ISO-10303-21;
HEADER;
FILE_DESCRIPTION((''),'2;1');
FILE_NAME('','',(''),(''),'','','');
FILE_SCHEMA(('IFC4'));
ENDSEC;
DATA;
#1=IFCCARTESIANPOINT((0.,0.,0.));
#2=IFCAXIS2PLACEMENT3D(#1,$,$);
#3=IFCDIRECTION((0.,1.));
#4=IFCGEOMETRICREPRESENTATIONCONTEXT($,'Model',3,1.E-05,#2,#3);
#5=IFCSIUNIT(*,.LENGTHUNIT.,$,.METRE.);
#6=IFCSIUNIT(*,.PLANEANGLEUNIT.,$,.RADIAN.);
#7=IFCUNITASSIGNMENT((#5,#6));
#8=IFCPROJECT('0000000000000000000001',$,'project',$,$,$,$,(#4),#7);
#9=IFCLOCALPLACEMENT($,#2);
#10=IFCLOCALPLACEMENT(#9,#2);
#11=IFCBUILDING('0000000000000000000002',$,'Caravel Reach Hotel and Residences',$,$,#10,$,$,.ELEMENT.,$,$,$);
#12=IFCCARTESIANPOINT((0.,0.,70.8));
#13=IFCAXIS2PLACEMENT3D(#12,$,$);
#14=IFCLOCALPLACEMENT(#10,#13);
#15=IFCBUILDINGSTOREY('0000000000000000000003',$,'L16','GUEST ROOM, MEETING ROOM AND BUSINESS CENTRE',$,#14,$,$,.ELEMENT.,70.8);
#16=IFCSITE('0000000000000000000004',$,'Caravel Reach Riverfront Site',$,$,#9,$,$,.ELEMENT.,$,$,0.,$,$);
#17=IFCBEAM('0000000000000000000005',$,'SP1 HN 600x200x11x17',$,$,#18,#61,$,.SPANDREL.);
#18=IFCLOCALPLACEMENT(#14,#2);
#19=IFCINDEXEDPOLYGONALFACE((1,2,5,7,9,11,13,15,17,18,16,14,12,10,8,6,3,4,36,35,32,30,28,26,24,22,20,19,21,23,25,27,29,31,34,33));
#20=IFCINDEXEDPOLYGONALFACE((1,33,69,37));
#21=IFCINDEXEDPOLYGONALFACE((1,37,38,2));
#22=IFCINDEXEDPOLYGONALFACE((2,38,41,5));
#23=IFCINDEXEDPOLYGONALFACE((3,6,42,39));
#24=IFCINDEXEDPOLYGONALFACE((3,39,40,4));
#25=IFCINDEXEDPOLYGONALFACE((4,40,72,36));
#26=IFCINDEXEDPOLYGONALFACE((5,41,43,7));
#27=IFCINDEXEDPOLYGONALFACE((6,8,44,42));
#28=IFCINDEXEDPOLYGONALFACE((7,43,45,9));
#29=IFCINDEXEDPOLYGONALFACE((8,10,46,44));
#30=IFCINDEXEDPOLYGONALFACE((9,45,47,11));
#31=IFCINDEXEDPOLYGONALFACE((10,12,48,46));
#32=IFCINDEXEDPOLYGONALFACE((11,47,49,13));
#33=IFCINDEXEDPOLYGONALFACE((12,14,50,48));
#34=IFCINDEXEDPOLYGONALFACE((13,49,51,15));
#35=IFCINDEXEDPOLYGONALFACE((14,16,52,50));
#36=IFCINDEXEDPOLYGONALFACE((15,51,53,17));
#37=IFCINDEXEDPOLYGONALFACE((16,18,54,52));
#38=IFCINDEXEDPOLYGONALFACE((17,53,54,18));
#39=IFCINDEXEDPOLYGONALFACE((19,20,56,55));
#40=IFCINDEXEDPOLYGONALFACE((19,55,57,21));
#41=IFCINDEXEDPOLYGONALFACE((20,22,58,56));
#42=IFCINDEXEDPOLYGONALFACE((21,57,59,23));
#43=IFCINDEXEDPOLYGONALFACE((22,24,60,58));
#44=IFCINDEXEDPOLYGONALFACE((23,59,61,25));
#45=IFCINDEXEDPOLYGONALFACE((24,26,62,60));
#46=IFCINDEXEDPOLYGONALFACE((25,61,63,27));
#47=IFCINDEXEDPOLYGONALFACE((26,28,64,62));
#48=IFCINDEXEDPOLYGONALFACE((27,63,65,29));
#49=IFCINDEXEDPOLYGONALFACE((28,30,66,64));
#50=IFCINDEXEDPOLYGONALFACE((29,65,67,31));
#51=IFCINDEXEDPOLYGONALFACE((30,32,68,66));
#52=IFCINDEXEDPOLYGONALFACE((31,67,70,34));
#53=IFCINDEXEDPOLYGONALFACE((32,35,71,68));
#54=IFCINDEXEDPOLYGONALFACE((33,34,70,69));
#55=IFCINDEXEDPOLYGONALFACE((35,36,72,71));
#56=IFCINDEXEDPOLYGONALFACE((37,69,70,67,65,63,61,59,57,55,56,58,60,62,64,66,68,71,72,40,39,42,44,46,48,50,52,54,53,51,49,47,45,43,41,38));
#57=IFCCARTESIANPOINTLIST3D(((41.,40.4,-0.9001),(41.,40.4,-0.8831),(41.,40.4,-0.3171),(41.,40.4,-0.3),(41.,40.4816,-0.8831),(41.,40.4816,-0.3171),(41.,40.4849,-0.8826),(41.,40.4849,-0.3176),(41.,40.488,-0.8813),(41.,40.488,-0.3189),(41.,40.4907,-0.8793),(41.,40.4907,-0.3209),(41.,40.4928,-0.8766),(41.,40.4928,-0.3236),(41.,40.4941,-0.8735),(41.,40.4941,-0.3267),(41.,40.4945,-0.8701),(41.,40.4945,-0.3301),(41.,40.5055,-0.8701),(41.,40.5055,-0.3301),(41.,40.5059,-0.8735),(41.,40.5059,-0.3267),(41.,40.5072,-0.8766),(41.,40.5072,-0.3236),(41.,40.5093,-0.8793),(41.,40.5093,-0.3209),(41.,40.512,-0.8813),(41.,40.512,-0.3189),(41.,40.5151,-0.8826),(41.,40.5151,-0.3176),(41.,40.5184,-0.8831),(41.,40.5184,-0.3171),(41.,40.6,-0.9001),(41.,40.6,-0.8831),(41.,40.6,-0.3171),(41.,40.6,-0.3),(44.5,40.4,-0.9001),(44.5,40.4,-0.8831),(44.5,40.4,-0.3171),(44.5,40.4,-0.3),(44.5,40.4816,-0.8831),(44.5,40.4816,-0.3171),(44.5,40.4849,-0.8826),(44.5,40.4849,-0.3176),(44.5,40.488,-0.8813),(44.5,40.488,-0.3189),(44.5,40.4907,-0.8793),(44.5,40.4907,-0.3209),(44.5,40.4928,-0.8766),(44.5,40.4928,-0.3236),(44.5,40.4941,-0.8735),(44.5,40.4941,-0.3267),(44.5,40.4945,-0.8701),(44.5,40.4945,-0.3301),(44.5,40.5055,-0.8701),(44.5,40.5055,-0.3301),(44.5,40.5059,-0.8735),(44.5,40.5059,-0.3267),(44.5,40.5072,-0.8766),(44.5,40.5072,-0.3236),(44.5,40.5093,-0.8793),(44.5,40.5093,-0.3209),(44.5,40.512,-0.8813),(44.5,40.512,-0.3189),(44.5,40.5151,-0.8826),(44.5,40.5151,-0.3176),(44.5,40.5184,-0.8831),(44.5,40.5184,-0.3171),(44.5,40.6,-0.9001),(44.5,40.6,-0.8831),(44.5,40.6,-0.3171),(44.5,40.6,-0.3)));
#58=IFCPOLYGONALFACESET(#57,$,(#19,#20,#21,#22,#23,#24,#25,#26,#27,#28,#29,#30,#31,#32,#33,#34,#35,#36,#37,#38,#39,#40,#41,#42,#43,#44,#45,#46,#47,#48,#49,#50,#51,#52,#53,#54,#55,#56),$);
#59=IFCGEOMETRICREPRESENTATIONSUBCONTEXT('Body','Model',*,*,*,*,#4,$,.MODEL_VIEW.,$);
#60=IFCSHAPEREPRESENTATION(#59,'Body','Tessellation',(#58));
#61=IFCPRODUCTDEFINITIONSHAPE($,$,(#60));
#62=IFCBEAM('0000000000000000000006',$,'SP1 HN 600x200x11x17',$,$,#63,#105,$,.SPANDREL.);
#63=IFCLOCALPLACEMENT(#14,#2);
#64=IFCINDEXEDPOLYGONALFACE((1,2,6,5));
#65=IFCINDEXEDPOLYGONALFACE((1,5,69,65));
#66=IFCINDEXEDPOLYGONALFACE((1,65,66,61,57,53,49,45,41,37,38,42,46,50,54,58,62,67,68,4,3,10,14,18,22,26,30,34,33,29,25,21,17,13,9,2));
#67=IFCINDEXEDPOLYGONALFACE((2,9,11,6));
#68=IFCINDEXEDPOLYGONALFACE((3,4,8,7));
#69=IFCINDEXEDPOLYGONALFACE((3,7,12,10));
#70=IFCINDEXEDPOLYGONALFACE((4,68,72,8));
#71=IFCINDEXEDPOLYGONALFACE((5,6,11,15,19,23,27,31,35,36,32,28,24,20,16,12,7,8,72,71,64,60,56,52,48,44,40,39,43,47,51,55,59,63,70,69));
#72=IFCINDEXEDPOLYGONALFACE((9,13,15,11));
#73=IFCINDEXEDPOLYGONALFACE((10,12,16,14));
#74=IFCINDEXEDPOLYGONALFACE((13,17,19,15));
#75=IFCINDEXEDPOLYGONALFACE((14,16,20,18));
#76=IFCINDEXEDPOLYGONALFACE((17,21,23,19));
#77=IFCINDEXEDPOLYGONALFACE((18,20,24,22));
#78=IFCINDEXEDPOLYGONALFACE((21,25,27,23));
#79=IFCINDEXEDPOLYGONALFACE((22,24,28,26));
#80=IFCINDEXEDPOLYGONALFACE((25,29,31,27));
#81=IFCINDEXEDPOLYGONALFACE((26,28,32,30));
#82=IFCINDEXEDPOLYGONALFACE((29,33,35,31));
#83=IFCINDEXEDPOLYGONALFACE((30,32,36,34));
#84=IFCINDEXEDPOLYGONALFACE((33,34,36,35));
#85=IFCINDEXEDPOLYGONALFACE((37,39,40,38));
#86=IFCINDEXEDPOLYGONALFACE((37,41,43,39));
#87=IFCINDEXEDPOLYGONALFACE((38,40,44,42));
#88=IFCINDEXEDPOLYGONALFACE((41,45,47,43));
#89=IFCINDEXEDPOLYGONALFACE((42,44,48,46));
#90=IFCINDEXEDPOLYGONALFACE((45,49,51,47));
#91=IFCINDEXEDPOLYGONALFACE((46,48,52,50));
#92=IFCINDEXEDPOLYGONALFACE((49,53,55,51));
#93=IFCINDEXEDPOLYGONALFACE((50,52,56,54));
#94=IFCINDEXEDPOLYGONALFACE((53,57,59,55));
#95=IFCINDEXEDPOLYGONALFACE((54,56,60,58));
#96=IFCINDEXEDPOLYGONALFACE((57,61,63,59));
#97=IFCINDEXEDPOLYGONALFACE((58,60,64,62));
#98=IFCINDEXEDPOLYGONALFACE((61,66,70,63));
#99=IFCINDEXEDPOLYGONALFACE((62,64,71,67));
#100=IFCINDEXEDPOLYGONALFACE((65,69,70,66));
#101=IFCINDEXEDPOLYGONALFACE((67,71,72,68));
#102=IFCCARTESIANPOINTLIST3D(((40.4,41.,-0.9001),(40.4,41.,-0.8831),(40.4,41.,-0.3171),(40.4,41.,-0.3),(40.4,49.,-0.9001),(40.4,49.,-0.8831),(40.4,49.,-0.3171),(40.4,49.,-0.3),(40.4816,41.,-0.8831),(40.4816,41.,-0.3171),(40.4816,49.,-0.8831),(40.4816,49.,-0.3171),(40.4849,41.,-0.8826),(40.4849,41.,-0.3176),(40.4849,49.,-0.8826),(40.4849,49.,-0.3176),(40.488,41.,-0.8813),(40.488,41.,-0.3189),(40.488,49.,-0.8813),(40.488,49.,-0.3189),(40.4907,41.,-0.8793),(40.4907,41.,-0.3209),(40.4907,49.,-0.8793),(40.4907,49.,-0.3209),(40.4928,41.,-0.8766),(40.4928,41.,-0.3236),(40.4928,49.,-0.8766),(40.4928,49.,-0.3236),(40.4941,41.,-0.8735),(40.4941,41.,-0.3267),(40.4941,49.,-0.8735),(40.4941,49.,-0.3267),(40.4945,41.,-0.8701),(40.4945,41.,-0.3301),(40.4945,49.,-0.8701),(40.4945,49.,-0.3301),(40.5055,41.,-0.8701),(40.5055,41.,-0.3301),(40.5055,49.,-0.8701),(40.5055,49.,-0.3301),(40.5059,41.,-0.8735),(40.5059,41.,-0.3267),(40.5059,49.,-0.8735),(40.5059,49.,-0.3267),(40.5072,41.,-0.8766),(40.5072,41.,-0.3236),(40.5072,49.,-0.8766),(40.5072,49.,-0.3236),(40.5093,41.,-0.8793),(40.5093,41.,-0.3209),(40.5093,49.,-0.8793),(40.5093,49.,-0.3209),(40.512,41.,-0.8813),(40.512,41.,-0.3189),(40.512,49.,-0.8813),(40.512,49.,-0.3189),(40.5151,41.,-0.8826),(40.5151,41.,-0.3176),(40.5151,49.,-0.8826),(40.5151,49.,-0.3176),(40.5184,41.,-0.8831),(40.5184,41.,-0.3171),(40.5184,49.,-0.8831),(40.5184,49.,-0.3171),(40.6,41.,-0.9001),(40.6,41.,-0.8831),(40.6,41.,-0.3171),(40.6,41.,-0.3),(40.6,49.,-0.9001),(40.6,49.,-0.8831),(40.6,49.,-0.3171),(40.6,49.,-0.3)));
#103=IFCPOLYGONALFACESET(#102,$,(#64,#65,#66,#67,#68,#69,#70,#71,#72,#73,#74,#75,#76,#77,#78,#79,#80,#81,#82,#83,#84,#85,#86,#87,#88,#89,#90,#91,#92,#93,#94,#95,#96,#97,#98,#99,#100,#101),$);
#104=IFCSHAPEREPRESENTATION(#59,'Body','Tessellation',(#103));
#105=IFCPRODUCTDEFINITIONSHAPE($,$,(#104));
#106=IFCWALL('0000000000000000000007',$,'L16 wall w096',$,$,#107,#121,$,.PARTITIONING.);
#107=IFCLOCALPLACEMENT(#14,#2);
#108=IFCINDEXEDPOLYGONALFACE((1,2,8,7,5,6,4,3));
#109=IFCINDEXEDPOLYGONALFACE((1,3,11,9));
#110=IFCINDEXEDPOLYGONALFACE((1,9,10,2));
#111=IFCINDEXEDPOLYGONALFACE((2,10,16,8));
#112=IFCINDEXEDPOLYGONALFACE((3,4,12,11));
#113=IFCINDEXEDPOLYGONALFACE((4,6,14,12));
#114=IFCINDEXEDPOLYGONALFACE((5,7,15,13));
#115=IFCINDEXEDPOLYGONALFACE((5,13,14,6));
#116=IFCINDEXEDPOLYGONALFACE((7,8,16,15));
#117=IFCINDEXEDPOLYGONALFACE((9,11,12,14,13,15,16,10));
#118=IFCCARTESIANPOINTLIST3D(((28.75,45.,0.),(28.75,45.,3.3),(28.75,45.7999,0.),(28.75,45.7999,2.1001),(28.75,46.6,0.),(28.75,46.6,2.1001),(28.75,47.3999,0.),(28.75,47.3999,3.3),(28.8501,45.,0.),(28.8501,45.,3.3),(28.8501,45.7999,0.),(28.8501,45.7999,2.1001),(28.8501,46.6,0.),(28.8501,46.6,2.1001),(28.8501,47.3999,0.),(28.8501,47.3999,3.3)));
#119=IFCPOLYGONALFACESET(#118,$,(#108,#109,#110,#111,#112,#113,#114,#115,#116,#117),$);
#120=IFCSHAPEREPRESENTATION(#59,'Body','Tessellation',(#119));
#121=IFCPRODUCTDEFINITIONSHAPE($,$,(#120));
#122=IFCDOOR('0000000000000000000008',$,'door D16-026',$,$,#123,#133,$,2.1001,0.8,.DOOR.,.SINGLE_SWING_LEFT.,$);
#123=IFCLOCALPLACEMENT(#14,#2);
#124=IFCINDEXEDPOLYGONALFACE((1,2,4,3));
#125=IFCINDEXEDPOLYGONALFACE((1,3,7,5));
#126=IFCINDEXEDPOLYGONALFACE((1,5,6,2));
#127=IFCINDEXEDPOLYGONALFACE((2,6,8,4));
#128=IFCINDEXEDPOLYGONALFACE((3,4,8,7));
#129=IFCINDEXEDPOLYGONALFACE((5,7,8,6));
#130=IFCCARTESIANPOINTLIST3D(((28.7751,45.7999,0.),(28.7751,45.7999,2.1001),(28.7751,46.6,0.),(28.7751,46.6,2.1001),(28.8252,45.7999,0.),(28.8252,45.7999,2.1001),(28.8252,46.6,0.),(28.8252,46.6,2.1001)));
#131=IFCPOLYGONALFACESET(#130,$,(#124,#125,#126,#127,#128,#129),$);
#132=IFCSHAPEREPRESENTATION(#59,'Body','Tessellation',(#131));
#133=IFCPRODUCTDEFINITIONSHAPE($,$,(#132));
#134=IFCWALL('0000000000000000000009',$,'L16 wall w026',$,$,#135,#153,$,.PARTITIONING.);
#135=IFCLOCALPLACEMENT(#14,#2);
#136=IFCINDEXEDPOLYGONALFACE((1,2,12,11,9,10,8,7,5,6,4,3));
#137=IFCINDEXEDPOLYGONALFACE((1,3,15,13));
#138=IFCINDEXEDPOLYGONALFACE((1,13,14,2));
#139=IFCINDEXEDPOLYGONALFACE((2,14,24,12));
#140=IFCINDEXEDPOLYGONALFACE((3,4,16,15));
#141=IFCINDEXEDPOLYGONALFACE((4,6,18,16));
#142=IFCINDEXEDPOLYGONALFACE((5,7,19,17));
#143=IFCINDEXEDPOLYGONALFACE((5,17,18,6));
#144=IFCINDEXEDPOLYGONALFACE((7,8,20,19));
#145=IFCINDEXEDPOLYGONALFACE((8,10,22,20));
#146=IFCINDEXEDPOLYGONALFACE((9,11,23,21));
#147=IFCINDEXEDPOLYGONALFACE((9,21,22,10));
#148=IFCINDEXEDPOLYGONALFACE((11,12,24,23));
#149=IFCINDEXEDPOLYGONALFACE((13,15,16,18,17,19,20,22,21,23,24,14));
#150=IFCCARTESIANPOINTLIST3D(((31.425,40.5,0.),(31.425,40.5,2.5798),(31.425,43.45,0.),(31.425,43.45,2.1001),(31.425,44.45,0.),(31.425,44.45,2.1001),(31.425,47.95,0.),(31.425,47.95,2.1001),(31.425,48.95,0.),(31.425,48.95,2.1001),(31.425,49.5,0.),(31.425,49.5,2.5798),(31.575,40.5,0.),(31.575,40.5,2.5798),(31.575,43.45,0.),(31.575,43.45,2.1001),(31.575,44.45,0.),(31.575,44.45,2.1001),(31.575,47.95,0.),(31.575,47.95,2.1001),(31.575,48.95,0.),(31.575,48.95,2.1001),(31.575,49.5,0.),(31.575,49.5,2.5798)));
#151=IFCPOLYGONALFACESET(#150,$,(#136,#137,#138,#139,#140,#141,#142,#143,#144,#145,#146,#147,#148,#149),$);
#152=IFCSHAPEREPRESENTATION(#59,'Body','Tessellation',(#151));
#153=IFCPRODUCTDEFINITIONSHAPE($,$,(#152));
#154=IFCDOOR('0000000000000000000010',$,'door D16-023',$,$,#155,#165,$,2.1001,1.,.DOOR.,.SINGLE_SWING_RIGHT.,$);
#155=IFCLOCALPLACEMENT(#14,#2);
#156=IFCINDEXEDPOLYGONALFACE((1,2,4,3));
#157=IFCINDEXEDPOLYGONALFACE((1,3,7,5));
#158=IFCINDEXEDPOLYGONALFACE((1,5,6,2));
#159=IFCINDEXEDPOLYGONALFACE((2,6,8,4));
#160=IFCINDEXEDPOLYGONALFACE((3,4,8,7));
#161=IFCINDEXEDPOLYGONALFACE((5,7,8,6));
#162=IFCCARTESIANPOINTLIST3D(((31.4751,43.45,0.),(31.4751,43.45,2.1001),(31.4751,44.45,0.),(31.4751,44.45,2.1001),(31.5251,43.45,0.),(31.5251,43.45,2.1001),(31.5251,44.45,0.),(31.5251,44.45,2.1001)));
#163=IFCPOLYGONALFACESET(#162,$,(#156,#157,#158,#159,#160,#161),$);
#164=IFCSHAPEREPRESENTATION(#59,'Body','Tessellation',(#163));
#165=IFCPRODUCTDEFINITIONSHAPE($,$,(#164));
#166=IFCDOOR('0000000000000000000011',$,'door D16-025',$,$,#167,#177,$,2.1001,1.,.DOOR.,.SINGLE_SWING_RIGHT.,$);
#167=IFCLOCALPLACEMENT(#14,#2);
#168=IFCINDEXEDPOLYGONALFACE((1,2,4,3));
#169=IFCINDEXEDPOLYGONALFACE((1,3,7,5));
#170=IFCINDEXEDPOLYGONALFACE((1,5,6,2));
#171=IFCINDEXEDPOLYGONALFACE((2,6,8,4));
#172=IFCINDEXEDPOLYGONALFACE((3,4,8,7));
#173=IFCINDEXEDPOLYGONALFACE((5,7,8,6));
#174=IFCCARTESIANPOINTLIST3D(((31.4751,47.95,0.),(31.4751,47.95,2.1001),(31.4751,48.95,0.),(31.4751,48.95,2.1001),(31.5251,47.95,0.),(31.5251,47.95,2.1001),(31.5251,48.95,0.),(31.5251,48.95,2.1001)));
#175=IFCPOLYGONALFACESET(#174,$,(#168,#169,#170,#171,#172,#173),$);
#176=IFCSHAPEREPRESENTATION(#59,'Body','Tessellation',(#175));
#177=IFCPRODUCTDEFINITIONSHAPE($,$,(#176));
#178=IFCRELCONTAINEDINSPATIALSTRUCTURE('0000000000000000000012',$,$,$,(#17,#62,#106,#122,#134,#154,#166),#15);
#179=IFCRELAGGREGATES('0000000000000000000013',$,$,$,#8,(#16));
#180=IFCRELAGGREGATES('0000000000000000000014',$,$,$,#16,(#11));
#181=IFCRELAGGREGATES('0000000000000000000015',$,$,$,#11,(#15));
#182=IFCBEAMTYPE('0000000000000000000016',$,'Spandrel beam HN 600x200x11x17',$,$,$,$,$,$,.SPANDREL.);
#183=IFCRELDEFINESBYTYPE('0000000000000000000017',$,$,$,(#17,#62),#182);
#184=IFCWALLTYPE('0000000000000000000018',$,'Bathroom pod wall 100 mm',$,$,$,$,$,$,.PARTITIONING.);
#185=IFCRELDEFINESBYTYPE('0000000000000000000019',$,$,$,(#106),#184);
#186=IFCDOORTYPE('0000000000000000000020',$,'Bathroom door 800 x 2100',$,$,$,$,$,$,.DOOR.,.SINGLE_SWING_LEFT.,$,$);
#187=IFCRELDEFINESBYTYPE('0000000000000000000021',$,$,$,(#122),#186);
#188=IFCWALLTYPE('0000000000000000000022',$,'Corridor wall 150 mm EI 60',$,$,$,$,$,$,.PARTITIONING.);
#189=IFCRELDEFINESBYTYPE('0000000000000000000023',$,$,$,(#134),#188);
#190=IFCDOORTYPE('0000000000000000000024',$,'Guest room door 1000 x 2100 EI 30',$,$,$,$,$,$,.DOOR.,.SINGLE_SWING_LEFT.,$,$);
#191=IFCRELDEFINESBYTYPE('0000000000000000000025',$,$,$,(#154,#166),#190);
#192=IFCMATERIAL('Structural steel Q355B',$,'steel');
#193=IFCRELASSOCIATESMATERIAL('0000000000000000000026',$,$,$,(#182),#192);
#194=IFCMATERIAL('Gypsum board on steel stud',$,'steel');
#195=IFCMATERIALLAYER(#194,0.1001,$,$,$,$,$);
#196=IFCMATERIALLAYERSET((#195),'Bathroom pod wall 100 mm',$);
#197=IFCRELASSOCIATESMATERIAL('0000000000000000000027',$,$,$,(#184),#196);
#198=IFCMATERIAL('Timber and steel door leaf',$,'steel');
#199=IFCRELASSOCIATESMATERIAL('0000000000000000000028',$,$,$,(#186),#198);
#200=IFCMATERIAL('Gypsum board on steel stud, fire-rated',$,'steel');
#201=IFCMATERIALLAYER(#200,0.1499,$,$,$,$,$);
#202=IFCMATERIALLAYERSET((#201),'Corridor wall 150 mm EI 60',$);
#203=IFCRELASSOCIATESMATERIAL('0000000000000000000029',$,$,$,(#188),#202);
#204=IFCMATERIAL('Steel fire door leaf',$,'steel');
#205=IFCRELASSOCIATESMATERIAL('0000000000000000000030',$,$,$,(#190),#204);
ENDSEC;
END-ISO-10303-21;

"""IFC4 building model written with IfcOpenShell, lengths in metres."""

from ifc_helpers import new_model, si_unit, direction, frame, frame_2d, origin, origin_2d, place, context, subcontext, project, spatial, rectangle, i_section, extrude, material, layer, layer_set, material_profile, profile_set, type_object, element, fill, save


model = new_model("IFC4")

# Units and contexts
model_context = context("Model", 3, precision=1e-05, world=origin(), true_north=direction((0.0, 1.0)))
body_context = subcontext(model_context, "Body", "Model", "MODEL_VIEW")
ifc_project = project(units=[si_unit("LENGTHUNIT", "METRE"), si_unit("PLANEANGLEUNIT", "RADIAN")], contexts=[model_context])

# Site, building, storey
site_placement = place(None, origin())
site = spatial("IfcSite", under=ifc_project, at=site_placement, Name="Caravel Reach Riverfront Site", CompositionType="ELEMENT", RefElevation=0.0)
building_placement = place(site_placement, origin())
building = spatial("IfcBuilding", under=site, at=building_placement, Name="Caravel Reach Hotel and Residences", CompositionType="ELEMENT")
storey_placement = place(building_placement, frame((0.0, 0.0, 70.8)))
storey = spatial("IfcBuildingStorey", under=building, at=storey_placement, Name="L16", Description="GUEST ROOM, MEETING ROOM AND BUSINESS CENTRE", CompositionType="ELEMENT", Elevation=70.8)

# Beams
ifc_material_1 = material(Name="Structural steel Q355B", Category="steel")
ifc_material_profile_1 = material_profile(ifc_material_1, i_section(OverallWidth=0.2, OverallDepth=0.6001, WebThickness=0.011, FlangeThickness=0.0171, FilletRadius=0.0129, at=origin_2d()), Name="HN 600x200x11x17")
ifc_profile_set_1 = profile_set([ifc_material_profile_1], Name="Structural steel Q355B")
beam_type_1 = type_object("IfcBeamType", Name="Spandrel beam HN 600x200x11x17", PredefinedType="SPANDREL", material=ifc_profile_set_1)
beam_1_placement = place(storey_placement, frame((44.5, 40.5, -0.6001), z_axis=(-1.0, 0.0, 0.0), x_axis=(0.0, -1.0, 0.0)))
element("IfcBeam", 1, at=beam_1_placement, inside=storey, type_object=beam_type_1, Name="SP1 HN 600x200x11x17", PredefinedType="SPANDREL", context=body_context, shape_type="SweptSolid", body=[
    extrude(i_section(OverallWidth=0.2, OverallDepth=0.6001, WebThickness=0.011, FlangeThickness=0.0171, FilletRadius=0.0129, at=origin_2d()), origin(), (0.0, 0.0, 1.0), 3.5),
])
beam_2_placement = place(storey_placement, frame((40.5, 41.0, -0.6001), z_axis=(0.0, 1.0, 0.0), x_axis=(-1.0, 0.0, 0.0)))
element("IfcBeam", 2, at=beam_2_placement, inside=storey, type_object=beam_type_1, Name="SP1 HN 600x200x11x17", PredefinedType="SPANDREL", context=body_context, shape_type="SweptSolid", body=[
    extrude(i_section(OverallWidth=0.2, OverallDepth=0.6001, WebThickness=0.011, FlangeThickness=0.0171, FilletRadius=0.0129, at=origin_2d()), origin(), (0.0, 0.0, 1.0), 8.0),
])

# Wall, opening, door
ifc_material_2 = material(Name="Gypsum board on steel stud", Category="steel")
ifc_layer_1 = layer(ifc_material_2, 0.1001)
ifc_layer_set_1 = layer_set([ifc_layer_1], Name="Bathroom pod wall 100 mm")
wall_type_1 = type_object("IfcWallType", Name="Bathroom pod wall 100 mm", PredefinedType="PARTITIONING", material=ifc_layer_set_1)
wall_1_placement = place(storey_placement, frame((28.8, 45.0, 0.0), z_axis=(0.0, 0.0, 1.0), x_axis=(0.0, 1.0, 0.0)))
wall_1 = element("IfcWall", 3, at=wall_1_placement, inside=storey, type_object=wall_type_1, Name="L16 wall w096", PredefinedType="PARTITIONING", context=body_context, shape_type="SweptSolid", body=[
    extrude(rectangle(XDim=2.3999, YDim=0.1001, at=frame_2d((1.2, 0.0))), origin(), (0.0, 0.0, 1.0), 3.3),
])
opening_1_placement = place(wall_1_placement, frame((0.8, 0.0, 0.0)))
opening_1 = element("IfcOpeningElement", 4, at=opening_1_placement, cuts=wall_1, PredefinedType="OPENING", context=body_context, shape_type="SweptSolid", body=[
    extrude(rectangle(XDim=0.8, YDim=2.1001, at=frame_2d((0.3999, 1.05))), frame((0.0, 0.0601, 0.0), z_axis=(0.0, -1.0, 0.0), x_axis=(1.0, 0.0, 0.0)), (0.0, 0.0, 1.0), 0.1201),
])
ifc_material_3 = material(Name="Timber and steel door leaf", Category="steel")
door_type_1 = type_object("IfcDoorType", Name="Bathroom door 800 x 2100", OperationType="SINGLE_SWING_LEFT", PredefinedType="DOOR", material=ifc_material_3)
door_1_placement = place(opening_1_placement, origin())
door_1 = element("IfcDoor", 5, at=door_1_placement, inside=storey, type_object=door_type_1, Name="door D16-026", OperationType="SINGLE_SWING_LEFT", OverallHeight=2.1001, OverallWidth=0.8, PredefinedType="DOOR", context=body_context, shape_type="SweptSolid", body=[
    extrude(rectangle(XDim=0.8, YDim=2.1001, at=frame_2d((0.3999, 1.05))), frame((0.0, 0.0249, 0.0), z_axis=(0.0, -1.0, 0.0), x_axis=(1.0, 0.0, 0.0)), (0.0, 0.0, 1.0), 0.05),
])
fill(opening_1, door_1)

# Wall, openings, doors
ifc_material_4 = material(Name="Gypsum board on steel stud, fire-rated", Category="steel")
ifc_layer_2 = layer(ifc_material_4, 0.1499)
ifc_layer_set_2 = layer_set([ifc_layer_2], Name="Corridor wall 150 mm EI 60")
wall_type_2 = type_object("IfcWallType", Name="Corridor wall 150 mm EI 60", PredefinedType="PARTITIONING", material=ifc_layer_set_2)
wall_2_placement = place(storey_placement, frame((31.5, 40.5, 0.0), z_axis=(0.0, 0.0, 1.0), x_axis=(0.0, 1.0, 0.0)))
wall_2 = element("IfcWall", 6, at=wall_2_placement, inside=storey, type_object=wall_type_2, Name="L16 wall w026", PredefinedType="PARTITIONING", context=body_context, shape_type="SweptSolid", body=[
    extrude(rectangle(XDim=9.0, YDim=0.1499, at=frame_2d((4.5, 0.0))), origin(), (0.0, 0.0, 1.0), 2.5798),
])
opening_2_placement = place(wall_2_placement, frame((2.95, 0.0, 0.0)))
opening_2 = element("IfcOpeningElement", 7, at=opening_2_placement, cuts=wall_2, PredefinedType="OPENING", context=body_context, shape_type="SweptSolid", body=[
    extrude(rectangle(XDim=1.0, YDim=2.1001, at=frame_2d((0.5, 1.05))), frame((0.0, 0.085, 0.0), z_axis=(0.0, -1.0, 0.0), x_axis=(1.0, 0.0, 0.0)), (0.0, 0.0, 1.0), 0.1699),
])
opening_3_placement = place(wall_2_placement, frame((7.45, 0.0, 0.0)))
opening_3 = element("IfcOpeningElement", 8, at=opening_3_placement, cuts=wall_2, PredefinedType="OPENING", context=body_context, shape_type="SweptSolid", body=[
    extrude(rectangle(XDim=1.0, YDim=2.1001, at=frame_2d((0.5, 1.05))), frame((0.0, 0.085, 0.0), z_axis=(0.0, -1.0, 0.0), x_axis=(1.0, 0.0, 0.0)), (0.0, 0.0, 1.0), 0.1699),
])
ifc_material_5 = material(Name="Steel fire door leaf", Category="steel")
door_type_2 = type_object("IfcDoorType", Name="Guest room door 1000 x 2100 EI 30", OperationType="SINGLE_SWING_LEFT", PredefinedType="DOOR", material=ifc_material_5)
door_2_placement = place(opening_2_placement, origin())
door_2 = element("IfcDoor", 9, at=door_2_placement, inside=storey, type_object=door_type_2, Name="door D16-023", OperationType="SINGLE_SWING_RIGHT", OverallHeight=2.1001, OverallWidth=1.0, PredefinedType="DOOR", context=body_context, shape_type="SweptSolid", body=[
    extrude(rectangle(XDim=1.0, YDim=2.1001, at=frame_2d((0.5, 1.05))), frame((0.0, 0.0249, 0.0), z_axis=(0.0, -1.0, 0.0), x_axis=(1.0, 0.0, 0.0)), (0.0, 0.0, 1.0), 0.05),
])
fill(opening_2, door_2)
door_3_placement = place(opening_3_placement, origin())
door_3 = element("IfcDoor", 10, at=door_3_placement, inside=storey, type_object=door_type_2, Name="door D16-025", OperationType="SINGLE_SWING_RIGHT", OverallHeight=2.1001, OverallWidth=1.0, PredefinedType="DOOR", context=body_context, shape_type="SweptSolid", body=[
    extrude(rectangle(XDim=1.0, YDim=2.1001, at=frame_2d((0.5, 1.05))), frame((0.0, 0.0249, 0.0), z_axis=(0.0, -1.0, 0.0), x_axis=(1.0, 0.0, 0.0)), (0.0, 0.0, 1.0), 0.05),
])
fill(opening_3, door_3)

save(model, "model.ifc")
